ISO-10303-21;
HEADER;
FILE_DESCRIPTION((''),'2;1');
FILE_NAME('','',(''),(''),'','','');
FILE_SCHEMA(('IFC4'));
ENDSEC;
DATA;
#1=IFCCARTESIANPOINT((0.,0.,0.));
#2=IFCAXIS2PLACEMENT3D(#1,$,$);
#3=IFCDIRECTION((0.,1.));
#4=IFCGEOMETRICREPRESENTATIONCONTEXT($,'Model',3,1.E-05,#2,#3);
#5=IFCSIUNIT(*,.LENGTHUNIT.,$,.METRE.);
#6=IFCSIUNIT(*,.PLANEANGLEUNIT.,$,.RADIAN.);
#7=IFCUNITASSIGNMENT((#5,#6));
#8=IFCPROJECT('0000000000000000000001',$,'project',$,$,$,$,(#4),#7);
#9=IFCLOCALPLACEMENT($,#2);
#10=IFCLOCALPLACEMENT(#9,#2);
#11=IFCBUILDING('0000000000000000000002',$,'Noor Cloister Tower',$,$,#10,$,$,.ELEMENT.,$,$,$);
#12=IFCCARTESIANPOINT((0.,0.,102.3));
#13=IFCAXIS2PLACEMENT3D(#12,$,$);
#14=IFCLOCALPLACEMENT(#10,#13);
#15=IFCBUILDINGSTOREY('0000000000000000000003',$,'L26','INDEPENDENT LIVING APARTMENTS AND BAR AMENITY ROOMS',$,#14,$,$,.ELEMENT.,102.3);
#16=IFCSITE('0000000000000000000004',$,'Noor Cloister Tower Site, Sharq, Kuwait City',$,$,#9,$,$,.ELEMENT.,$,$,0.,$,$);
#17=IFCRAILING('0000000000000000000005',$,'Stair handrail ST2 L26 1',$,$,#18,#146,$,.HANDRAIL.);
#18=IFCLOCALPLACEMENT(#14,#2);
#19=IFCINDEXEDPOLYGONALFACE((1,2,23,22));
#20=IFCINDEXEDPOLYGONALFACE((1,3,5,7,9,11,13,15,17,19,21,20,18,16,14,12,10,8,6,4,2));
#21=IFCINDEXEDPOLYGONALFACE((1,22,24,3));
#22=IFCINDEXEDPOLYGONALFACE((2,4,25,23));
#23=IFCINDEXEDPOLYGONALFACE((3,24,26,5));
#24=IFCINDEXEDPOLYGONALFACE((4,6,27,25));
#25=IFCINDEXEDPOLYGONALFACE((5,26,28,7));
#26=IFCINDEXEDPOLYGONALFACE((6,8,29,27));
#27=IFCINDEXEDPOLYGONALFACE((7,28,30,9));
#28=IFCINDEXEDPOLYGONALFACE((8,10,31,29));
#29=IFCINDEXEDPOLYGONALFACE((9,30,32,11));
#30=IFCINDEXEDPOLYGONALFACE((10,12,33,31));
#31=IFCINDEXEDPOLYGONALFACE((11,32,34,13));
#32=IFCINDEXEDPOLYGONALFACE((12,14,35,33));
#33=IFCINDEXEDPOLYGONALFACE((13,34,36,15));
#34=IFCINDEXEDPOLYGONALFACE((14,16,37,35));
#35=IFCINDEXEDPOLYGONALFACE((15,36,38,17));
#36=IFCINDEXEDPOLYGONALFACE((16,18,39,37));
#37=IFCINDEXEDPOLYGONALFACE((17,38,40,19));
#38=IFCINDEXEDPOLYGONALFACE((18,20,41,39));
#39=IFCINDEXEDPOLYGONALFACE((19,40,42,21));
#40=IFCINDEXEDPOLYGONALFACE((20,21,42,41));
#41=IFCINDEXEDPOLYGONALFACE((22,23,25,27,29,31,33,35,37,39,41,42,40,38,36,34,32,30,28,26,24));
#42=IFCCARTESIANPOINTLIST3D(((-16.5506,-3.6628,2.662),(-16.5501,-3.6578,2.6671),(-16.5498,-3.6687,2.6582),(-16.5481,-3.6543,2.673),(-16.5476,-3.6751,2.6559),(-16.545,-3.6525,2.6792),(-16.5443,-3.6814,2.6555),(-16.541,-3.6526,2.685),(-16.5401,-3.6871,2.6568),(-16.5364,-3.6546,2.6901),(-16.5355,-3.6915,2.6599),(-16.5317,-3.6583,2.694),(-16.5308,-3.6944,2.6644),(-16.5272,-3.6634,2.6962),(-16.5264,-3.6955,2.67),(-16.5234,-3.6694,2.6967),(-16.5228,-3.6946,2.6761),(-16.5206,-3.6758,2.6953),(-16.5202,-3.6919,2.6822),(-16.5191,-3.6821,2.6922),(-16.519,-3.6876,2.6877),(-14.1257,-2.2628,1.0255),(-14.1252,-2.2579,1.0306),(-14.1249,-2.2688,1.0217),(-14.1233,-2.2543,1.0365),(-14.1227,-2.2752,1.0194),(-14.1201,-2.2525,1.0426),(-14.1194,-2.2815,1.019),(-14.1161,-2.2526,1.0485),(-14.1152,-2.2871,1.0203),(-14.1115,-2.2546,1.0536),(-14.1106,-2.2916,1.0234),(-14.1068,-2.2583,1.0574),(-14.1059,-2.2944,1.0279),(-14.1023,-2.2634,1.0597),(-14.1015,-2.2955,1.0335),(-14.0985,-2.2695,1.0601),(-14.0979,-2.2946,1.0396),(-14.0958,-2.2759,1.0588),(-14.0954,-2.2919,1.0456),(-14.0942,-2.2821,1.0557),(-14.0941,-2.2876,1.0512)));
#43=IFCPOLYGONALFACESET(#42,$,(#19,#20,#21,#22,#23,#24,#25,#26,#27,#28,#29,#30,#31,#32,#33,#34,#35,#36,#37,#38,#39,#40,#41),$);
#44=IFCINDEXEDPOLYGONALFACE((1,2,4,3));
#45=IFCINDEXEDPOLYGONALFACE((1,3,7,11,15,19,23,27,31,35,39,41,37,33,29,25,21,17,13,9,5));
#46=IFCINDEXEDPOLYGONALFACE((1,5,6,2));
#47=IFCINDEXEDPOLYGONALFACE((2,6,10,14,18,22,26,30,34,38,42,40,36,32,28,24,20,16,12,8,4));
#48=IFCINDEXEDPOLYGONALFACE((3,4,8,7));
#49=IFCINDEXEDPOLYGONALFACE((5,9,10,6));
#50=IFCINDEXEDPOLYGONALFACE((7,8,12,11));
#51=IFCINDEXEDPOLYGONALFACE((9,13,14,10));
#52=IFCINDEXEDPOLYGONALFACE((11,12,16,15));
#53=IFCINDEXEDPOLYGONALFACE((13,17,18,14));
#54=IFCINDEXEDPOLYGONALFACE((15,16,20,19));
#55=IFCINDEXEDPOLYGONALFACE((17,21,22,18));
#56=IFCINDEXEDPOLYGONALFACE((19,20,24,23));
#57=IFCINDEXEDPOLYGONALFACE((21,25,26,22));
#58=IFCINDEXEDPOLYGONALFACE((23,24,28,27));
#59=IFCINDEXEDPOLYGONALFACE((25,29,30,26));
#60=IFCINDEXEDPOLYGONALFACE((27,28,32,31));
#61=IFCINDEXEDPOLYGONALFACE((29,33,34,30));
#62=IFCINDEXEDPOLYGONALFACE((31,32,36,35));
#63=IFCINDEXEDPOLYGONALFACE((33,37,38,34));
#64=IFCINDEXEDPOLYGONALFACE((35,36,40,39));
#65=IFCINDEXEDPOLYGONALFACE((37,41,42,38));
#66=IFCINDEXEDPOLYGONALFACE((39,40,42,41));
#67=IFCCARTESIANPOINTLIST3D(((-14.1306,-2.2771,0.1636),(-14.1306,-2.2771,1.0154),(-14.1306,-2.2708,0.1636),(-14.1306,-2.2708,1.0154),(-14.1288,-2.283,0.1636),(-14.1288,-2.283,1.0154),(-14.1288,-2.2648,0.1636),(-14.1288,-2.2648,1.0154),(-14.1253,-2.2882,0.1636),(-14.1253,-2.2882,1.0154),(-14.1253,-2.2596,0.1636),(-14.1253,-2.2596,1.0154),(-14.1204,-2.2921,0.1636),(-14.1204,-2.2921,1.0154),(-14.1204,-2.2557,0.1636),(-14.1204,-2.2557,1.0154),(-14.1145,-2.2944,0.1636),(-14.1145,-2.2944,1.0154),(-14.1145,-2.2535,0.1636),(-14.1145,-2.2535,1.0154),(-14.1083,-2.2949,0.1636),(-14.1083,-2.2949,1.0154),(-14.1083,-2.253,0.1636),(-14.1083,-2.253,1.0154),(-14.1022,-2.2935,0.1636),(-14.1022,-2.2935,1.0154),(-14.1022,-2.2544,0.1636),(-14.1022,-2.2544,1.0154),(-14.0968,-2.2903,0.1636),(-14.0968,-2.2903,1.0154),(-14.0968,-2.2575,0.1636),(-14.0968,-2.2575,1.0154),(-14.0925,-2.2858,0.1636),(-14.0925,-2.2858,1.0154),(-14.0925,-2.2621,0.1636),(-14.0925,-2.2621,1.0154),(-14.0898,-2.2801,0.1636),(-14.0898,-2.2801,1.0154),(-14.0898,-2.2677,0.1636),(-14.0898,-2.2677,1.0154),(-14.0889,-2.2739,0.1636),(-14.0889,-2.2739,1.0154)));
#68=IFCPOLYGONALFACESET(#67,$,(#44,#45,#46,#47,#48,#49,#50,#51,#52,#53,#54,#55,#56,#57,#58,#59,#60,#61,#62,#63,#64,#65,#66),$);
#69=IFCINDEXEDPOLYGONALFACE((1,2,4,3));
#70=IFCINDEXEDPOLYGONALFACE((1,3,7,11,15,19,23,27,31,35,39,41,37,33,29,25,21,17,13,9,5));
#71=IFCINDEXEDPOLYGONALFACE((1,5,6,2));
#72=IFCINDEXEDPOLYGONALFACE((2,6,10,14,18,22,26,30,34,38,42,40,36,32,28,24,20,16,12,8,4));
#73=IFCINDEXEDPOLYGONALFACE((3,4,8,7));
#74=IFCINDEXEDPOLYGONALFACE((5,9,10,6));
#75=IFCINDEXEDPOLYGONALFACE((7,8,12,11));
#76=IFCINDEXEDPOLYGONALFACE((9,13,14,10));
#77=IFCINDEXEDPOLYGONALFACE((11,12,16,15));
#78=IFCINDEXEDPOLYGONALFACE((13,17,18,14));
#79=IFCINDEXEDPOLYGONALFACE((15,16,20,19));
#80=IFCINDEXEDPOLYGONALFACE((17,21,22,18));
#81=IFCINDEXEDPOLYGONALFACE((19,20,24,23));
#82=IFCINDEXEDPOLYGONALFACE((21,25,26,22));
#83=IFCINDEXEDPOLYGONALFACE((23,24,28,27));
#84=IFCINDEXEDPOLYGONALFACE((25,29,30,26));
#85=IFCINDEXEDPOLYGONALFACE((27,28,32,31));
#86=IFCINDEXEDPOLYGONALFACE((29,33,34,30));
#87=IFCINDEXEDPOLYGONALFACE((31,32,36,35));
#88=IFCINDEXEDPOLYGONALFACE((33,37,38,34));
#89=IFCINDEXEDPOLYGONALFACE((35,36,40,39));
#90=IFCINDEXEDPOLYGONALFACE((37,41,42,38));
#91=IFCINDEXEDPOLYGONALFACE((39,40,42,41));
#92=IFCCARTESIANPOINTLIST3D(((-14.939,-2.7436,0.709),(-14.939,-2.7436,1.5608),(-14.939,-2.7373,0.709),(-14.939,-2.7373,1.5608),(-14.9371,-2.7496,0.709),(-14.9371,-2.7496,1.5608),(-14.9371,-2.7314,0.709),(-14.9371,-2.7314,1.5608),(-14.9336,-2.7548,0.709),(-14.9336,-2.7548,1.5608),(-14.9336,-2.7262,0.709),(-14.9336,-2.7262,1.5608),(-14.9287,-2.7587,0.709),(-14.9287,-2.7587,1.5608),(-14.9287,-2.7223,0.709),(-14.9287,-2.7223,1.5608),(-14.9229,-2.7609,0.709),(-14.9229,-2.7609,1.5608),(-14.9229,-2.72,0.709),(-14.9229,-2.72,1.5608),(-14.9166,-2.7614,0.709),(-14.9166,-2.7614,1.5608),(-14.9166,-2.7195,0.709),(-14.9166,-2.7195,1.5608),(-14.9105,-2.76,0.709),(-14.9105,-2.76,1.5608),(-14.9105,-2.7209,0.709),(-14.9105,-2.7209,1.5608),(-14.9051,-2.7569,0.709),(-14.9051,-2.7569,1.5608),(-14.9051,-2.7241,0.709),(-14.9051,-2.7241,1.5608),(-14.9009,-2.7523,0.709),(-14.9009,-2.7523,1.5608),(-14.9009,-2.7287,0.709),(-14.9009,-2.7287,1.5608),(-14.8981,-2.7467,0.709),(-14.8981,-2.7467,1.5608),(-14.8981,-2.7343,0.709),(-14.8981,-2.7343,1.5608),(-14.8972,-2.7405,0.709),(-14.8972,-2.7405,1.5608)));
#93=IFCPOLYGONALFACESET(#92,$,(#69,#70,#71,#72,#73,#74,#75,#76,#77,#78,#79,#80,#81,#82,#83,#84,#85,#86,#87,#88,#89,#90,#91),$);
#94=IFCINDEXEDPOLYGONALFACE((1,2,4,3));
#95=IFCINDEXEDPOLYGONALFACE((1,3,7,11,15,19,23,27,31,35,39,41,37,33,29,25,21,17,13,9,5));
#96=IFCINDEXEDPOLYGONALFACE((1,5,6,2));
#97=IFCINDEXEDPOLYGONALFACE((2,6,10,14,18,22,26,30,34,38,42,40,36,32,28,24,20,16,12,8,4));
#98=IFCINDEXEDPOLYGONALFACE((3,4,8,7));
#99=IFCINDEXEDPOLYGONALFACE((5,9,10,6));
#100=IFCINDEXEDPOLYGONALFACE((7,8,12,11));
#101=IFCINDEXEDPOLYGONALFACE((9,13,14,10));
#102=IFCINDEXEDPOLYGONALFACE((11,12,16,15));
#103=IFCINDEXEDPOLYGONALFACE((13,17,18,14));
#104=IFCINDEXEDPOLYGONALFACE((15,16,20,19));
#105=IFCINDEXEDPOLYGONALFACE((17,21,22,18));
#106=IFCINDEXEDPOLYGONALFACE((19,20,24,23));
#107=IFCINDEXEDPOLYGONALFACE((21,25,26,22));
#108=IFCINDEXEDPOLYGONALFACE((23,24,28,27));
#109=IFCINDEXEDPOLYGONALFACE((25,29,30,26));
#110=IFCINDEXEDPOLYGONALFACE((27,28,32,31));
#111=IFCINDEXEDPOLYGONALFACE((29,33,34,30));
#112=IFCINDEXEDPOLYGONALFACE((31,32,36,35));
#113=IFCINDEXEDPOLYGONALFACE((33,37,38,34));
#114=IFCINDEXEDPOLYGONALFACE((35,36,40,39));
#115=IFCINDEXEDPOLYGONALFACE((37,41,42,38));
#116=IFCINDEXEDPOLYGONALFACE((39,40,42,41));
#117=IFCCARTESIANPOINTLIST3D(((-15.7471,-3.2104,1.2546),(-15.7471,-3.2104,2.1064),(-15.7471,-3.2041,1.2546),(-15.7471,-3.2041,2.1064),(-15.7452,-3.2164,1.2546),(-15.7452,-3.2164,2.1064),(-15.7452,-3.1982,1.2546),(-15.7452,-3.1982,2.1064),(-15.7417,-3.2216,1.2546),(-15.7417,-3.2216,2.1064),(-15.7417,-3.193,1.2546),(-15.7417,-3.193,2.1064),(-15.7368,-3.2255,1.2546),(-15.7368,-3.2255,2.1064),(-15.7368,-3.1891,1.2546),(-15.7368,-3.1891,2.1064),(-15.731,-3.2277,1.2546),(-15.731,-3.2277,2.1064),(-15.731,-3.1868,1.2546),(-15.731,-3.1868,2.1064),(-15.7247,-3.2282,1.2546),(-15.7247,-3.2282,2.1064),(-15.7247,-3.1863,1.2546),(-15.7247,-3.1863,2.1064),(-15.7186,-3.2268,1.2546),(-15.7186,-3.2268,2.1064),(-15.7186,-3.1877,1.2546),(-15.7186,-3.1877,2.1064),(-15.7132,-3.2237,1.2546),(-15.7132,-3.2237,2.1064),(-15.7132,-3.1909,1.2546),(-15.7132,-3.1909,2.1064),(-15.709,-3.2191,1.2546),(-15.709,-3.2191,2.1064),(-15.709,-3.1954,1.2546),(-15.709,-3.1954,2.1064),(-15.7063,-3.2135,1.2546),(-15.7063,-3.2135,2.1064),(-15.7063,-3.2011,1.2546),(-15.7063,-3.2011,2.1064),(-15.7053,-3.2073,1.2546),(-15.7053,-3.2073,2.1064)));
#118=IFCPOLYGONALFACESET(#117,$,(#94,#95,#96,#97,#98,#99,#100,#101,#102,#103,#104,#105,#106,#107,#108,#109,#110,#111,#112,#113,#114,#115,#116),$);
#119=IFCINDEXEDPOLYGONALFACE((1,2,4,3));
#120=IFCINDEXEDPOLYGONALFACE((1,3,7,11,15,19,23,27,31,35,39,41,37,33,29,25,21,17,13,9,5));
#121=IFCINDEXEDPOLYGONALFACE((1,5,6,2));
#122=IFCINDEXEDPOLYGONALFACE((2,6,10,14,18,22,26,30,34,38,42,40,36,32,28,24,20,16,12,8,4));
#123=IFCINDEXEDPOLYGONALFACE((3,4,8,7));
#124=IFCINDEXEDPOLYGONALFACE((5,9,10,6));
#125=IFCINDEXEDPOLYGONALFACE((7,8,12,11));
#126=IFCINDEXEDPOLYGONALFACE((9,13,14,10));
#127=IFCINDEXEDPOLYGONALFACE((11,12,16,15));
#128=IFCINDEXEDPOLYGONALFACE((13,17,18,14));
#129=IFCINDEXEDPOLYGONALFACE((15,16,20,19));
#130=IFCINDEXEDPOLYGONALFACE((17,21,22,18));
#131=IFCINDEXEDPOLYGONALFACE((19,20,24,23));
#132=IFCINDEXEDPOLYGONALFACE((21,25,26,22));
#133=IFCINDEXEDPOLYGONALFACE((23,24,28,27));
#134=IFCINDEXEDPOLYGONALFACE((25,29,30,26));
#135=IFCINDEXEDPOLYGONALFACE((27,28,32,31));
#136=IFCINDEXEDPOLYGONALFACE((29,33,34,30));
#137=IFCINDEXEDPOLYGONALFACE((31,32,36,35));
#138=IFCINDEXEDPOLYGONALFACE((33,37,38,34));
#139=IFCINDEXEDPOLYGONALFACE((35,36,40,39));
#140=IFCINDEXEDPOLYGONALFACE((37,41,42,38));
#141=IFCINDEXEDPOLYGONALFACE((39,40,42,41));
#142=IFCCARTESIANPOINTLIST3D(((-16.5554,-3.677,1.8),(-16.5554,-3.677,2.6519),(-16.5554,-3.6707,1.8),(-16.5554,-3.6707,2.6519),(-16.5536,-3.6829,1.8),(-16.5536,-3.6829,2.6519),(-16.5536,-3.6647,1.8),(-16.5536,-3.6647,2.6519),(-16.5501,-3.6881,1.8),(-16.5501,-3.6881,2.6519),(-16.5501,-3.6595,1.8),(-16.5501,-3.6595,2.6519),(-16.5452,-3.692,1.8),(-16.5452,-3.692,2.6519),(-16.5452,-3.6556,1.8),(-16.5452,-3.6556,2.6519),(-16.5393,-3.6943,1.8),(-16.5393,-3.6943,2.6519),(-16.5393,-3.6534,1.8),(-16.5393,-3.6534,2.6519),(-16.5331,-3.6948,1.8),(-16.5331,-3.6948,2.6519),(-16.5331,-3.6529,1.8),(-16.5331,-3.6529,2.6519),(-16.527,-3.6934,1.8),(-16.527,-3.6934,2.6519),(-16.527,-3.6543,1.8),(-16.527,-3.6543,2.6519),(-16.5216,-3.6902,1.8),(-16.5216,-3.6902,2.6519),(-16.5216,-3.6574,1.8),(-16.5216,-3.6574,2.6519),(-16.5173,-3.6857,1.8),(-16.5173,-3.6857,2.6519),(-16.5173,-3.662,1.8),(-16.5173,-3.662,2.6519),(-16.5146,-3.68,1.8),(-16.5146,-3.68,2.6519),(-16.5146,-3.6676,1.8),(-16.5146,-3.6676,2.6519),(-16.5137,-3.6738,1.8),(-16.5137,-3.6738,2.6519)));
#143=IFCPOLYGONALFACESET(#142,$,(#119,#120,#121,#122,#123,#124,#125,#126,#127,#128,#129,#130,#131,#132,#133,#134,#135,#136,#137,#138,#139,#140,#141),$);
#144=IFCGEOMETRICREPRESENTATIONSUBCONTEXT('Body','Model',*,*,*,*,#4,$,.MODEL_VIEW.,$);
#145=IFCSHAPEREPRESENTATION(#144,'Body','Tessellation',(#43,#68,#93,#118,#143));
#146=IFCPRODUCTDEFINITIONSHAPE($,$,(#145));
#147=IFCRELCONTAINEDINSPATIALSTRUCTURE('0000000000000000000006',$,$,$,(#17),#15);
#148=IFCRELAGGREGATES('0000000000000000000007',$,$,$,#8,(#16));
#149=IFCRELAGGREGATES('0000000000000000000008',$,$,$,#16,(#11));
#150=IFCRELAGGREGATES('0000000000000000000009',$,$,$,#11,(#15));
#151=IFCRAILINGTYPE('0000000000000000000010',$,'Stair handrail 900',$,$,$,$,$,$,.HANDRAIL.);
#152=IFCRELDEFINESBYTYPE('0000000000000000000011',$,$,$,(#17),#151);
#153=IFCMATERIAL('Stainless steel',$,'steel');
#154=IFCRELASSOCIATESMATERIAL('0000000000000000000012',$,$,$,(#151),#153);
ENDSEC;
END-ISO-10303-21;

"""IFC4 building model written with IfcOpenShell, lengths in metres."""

from ifc_helpers import new_model, si_unit, direction, frame, origin, origin_2d, place, context, subcontext, project, spatial, circle, extrude, material, type_object, element, save


model = new_model("IFC4")

# Units and contexts
model_context = context("Model", 3, precision=1e-05, world=origin(), true_north=direction((0.0, 1.0)))
body_context = subcontext(model_context, "Body", "Model", "MODEL_VIEW")
ifc_project = project(units=[si_unit("LENGTHUNIT", "METRE"), si_unit("PLANEANGLEUNIT", "RADIAN")], contexts=[model_context])

# Site, building, storey
site_placement = place(None, origin())
site = spatial("IfcSite", under=ifc_project, at=site_placement, Name="Noor Cloister Tower Site, Sharq, Kuwait City", CompositionType="ELEMENT", RefElevation=0.0)
building_placement = place(site_placement, origin())
building = spatial("IfcBuilding", under=site, at=building_placement, Name="Noor Cloister Tower", CompositionType="ELEMENT")
storey_placement = place(building_placement, frame((0.0, 0.0, 102.3)))
storey = spatial("IfcBuildingStorey", under=building, at=storey_placement, Name="L26", Description="INDEPENDENT LIVING APARTMENTS AND BAR AMENITY ROOMS", CompositionType="ELEMENT", Elevation=102.3)

# Railing
ifc_material_1 = material(Name="Stainless steel", Category="steel")
railing_type = type_object("IfcRailingType", Name="Stair handrail 900", PredefinedType="HANDRAIL", material=ifc_material_1)
railing_placement = place(storey_placement, frame((-14.1099, -2.2739, 0.1636)))
element("IfcRailing", 1, at=railing_placement, inside=storey, type_object=railing_type, Name="Stair handrail ST2 L26 1", PredefinedType="HANDRAIL", context=body_context, shape_type="SweptSolid", body=[
    extrude(circle(Radius=0.0239, at=origin_2d()), frame((0.0, 0.0, 0.876), z_axis=(-0.74769, -0.431661, 0.504608), x_axis=(0.499984, -0.866035, 0.0)), (0.0, 0.0, 1.0), 3.2432),
    extrude(circle(Radius=0.021, at=origin_2d()), origin(), (0.0, 0.0, 1.0), 0.8518),
    extrude(circle(Radius=0.021, at=origin_2d()), frame((-0.8083, -0.4666, 0.5454)), (0.0, 0.0, 1.0), 0.8518),
    extrude(circle(Radius=0.021, at=origin_2d()), frame((-1.6165, -0.9333, 1.0911)), (0.0, 0.0, 1.0), 0.8518),
    extrude(circle(Radius=0.021, at=origin_2d()), frame((-2.4248, -1.3999, 1.6365)), (0.0, 0.0, 1.0), 0.8518),
])

save(model, "model.ifc")
